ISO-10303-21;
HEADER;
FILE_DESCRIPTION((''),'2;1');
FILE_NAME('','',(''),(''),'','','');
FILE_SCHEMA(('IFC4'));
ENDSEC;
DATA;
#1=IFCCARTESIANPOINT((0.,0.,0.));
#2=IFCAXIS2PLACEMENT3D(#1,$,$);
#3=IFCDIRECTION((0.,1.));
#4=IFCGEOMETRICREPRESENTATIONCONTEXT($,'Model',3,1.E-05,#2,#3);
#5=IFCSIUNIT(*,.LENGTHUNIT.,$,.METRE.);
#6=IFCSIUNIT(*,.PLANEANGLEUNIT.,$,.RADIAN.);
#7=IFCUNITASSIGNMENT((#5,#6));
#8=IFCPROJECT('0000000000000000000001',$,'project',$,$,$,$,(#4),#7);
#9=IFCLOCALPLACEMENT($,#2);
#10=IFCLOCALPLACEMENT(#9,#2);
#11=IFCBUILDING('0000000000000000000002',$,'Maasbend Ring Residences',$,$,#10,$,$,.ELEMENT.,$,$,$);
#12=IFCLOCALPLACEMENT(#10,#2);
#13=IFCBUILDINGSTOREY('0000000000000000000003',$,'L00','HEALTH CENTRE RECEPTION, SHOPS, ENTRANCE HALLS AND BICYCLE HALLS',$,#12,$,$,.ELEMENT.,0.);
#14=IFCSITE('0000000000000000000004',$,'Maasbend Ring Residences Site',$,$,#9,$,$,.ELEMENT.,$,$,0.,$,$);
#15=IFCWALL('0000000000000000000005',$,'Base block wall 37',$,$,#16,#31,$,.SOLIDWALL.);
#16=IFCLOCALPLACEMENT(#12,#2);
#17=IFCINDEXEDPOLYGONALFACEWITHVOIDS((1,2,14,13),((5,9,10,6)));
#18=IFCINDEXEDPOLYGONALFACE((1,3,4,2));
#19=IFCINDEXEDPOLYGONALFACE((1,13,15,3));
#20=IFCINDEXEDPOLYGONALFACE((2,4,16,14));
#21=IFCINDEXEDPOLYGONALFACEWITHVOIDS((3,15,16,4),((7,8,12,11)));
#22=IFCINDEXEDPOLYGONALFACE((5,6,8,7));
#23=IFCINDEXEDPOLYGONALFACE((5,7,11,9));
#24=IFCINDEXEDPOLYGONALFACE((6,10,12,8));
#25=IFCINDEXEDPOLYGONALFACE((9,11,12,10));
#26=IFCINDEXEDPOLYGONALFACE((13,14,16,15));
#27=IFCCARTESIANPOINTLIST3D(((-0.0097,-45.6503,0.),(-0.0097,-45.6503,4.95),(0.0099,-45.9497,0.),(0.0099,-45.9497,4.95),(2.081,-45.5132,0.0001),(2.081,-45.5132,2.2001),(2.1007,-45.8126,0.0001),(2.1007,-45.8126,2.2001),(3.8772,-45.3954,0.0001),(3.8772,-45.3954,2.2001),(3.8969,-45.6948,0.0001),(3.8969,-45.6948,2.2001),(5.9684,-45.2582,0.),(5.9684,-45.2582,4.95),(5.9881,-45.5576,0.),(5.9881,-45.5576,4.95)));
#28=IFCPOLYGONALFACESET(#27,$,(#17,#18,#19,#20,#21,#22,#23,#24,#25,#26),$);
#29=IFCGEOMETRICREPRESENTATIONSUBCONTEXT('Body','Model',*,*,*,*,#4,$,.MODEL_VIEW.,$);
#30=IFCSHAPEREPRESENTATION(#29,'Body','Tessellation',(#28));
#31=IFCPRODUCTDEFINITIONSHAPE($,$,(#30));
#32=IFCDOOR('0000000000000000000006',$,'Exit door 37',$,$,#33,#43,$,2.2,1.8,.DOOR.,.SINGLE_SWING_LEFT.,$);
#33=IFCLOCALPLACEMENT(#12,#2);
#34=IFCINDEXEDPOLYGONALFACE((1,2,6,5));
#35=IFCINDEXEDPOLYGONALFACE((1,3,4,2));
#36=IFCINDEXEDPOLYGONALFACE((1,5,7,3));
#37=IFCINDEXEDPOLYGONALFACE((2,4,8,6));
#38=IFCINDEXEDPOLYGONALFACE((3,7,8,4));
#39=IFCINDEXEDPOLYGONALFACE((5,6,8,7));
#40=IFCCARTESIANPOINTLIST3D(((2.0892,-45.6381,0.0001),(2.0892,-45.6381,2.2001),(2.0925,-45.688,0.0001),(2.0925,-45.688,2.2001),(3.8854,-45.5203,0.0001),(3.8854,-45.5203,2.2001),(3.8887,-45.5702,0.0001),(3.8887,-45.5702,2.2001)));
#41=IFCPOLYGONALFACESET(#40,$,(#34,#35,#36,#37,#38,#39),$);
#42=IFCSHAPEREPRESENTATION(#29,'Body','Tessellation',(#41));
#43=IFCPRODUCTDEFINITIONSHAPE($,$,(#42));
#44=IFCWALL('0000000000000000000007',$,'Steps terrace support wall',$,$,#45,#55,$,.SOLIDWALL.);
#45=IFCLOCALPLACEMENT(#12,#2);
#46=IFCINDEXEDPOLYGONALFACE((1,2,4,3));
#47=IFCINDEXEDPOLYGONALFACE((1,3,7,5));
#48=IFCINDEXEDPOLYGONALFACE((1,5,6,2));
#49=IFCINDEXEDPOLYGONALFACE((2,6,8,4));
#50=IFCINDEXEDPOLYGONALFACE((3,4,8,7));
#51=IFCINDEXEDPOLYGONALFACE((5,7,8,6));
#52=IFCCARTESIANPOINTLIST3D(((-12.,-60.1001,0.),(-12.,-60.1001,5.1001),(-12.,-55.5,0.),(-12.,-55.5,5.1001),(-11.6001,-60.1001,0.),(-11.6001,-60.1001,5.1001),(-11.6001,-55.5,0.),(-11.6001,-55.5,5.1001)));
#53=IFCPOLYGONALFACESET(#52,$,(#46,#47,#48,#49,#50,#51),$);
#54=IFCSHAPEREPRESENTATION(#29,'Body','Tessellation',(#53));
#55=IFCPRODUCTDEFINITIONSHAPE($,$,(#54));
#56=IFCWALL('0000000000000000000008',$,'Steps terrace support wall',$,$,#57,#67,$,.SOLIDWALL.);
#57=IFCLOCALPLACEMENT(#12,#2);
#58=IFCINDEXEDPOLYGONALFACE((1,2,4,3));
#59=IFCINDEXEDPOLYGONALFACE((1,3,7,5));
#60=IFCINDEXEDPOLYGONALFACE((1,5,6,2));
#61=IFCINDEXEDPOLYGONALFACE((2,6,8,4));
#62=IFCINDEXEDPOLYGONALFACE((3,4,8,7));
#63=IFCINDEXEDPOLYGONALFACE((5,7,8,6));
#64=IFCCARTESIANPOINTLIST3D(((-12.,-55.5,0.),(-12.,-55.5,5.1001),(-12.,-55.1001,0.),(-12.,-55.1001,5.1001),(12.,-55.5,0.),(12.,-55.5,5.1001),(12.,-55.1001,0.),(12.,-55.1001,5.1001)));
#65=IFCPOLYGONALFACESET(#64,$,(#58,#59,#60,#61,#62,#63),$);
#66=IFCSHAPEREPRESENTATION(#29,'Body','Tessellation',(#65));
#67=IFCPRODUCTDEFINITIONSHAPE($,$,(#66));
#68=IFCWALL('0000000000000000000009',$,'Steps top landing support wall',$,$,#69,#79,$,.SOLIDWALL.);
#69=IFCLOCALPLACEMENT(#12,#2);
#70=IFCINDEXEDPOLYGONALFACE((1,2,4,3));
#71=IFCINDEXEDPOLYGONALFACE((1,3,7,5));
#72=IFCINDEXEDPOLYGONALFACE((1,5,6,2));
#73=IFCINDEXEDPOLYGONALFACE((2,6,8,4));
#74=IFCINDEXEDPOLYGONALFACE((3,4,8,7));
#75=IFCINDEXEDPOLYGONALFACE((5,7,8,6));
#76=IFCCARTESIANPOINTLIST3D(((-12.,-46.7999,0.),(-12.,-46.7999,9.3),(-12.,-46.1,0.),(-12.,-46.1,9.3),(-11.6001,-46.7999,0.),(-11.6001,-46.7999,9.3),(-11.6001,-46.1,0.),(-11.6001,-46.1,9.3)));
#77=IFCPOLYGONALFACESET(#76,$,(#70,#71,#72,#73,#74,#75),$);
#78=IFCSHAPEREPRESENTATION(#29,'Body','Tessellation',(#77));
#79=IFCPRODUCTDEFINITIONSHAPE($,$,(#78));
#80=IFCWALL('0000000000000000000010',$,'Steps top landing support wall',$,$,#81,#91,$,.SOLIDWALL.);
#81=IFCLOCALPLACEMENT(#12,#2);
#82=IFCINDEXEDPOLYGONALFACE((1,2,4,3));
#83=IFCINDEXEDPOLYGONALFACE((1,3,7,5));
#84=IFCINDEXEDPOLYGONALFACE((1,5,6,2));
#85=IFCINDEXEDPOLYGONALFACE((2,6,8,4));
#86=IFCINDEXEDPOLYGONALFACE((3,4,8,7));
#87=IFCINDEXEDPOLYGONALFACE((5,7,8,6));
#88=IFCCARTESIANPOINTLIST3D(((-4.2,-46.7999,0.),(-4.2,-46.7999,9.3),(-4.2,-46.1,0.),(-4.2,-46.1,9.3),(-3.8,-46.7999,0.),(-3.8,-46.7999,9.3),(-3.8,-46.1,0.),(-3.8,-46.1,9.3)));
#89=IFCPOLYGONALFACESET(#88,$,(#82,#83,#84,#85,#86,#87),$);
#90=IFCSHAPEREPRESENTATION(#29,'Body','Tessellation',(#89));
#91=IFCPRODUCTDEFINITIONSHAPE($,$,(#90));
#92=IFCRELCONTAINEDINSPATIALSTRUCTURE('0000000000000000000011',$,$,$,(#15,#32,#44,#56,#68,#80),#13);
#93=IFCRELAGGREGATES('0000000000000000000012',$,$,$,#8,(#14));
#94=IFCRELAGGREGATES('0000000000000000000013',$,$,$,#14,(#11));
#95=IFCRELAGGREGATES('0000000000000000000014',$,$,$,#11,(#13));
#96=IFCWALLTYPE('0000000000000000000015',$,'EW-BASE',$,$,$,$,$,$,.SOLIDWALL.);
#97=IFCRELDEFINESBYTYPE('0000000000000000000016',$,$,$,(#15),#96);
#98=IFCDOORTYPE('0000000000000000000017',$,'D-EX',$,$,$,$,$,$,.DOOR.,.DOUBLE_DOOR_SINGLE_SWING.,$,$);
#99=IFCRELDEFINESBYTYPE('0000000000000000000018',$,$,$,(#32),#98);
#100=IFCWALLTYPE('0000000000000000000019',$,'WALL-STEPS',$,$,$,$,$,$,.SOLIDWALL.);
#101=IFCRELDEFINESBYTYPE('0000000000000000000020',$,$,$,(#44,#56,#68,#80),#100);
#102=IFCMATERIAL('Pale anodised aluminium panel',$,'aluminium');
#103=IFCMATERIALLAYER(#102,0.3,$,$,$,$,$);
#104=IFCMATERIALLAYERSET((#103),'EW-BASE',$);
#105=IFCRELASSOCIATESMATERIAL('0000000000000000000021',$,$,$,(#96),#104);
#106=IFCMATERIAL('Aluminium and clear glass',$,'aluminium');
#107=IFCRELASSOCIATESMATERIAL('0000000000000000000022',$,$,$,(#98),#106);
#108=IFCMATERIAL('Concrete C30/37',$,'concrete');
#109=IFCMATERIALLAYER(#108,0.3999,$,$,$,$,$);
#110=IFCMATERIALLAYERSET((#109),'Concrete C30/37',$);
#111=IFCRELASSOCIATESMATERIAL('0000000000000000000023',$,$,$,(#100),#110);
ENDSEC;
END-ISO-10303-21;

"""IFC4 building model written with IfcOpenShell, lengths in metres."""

from ifc_helpers import new_model, si_unit, direction, frame, frame_2d, origin, place, context, subcontext, project, spatial, rectangle, extrude, material, layer, layer_set, type_object, element, fill, save


model = new_model("IFC4")

# Units and contexts
model_context = context("Model", 3, precision=1e-05, world=origin(), true_north=direction((0.0, 1.0)))
body_context = subcontext(model_context, "Body", "Model", "MODEL_VIEW")
ifc_project = project(units=[si_unit("LENGTHUNIT", "METRE"), si_unit("PLANEANGLEUNIT", "RADIAN")], contexts=[model_context])

# Site, building, storey
site_placement = place(None, origin())
site = spatial("IfcSite", under=ifc_project, at=site_placement, Name="Maasbend Ring Residences Site", CompositionType="ELEMENT", RefElevation=0.0)
building_placement = place(site_placement, origin())
building = spatial("IfcBuilding", under=site, at=building_placement, Name="Maasbend Ring Residences", CompositionType="ELEMENT")
storey_placement = place(building_placement, origin())
storey = spatial("IfcBuildingStorey", under=building, at=storey_placement, Name="L00", Description="HEALTH CENTRE RECEPTION, SHOPS, ENTRANCE HALLS AND BICYCLE HALLS", CompositionType="ELEMENT", Elevation=0.0)

# Shared definitions
ifc_material_1 = material(Name="Pale anodised aluminium panel", Category="aluminium")
ifc_layer_1 = layer(ifc_material_1, 0.3)
ifc_layer_set_1 = layer_set([ifc_layer_1], Name="EW-BASE")
wall_type_1 = type_object("IfcWallType", Name="EW-BASE", PredefinedType="SOLIDWALL", material=ifc_layer_set_1)

# Wall, opening, door
wall_1_placement = place(storey_placement, frame((0.0, -45.8, 0.0), z_axis=(0.0, 0.0, 1.0), x_axis=(0.997856, 0.065448, 0.0)))
wall_1 = element("IfcWall", 1, at=wall_1_placement, inside=storey, type_object=wall_type_1, Name="Base block wall 37", PredefinedType="SOLIDWALL", context=body_context, shape_type="SweptSolid", body=[
    extrude(rectangle(XDim=5.991, YDim=0.3, at=frame_2d((2.9956, 0.0))), origin(), (0.0, 0.0, 1.0), 4.95),
])
opening_1_placement = place(wall_1_placement, frame((2.0955, 0.0, 0.0)))
opening_1 = element("IfcOpeningElement", 2, at=opening_1_placement, cuts=wall_1, PredefinedType="OPENING", context=body_context, shape_type="SweptSolid", body=[
    extrude(rectangle(XDim=1.8, YDim=2.2, at=frame_2d((0.8999, 1.1001))), frame((0.0, 0.1602, 0.0), z_axis=(0.0, -1.0, 0.0), x_axis=(1.0, 0.0, 0.0)), (0.0, 0.0, 1.0), 0.3201),
])
ifc_material_2 = material(Name="Aluminium and clear glass", Category="aluminium")
door_type = type_object("IfcDoorType", Name="D-EX", OperationType="DOUBLE_DOOR_SINGLE_SWING", PredefinedType="DOOR", material=ifc_material_2)
door_placement = place(opening_1_placement, origin())
door = element("IfcDoor", 3, at=door_placement, inside=storey, type_object=door_type, Name="Exit door 37", OperationType="SINGLE_SWING_LEFT", OverallHeight=2.2, OverallWidth=1.8, PredefinedType="DOOR", context=body_context, shape_type="SweptSolid", body=[
    extrude(rectangle(XDim=1.8, YDim=2.2, at=frame_2d((0.8999, 1.1001))), frame((0.0, 0.0249, 0.0), z_axis=(0.0, -1.0, 0.0), x_axis=(1.0, 0.0, 0.0)), (0.0, 0.0, 1.0), 0.05),
])
fill(opening_1, door)

# Walls
ifc_material_3 = material(Name="Concrete C30/37", Category="concrete")
ifc_layer_2 = layer(ifc_material_3, 0.3999)
ifc_layer_set_2 = layer_set([ifc_layer_2], Name="Concrete C30/37")
wall_type_2 = type_object("IfcWallType", Name="WALL-STEPS", PredefinedType="SOLIDWALL", material=ifc_layer_set_2)
wall_2_placement = place(storey_placement, frame((-11.8, -60.1001, 0.0), z_axis=(0.0, 0.0, 1.0), x_axis=(0.0, 1.0, 0.0)))
element("IfcWall", 4, at=wall_2_placement, inside=storey, type_object=wall_type_2, Name="Steps terrace support wall", PredefinedType="SOLIDWALL", context=body_context, shape_type="SweptSolid", body=[
    extrude(rectangle(XDim=4.6001, YDim=0.3999, at=frame_2d((2.3, 0.0))), origin(), (0.0, 0.0, 1.0), 5.1001),
])
wall_3_placement = place(storey_placement, frame((-12.0, -55.3, 0.0), z_axis=(0.0, 0.0, 1.0), x_axis=(1.0, 0.0, 0.0)))
element("IfcWall", 5, at=wall_3_placement, inside=storey, type_object=wall_type_2, Name="Steps terrace support wall", PredefinedType="SOLIDWALL", context=body_context, shape_type="SweptSolid", body=[
    extrude(rectangle(XDim=24.0, YDim=0.3999, at=frame_2d((12.0, 0.0))), origin(), (0.0, 0.0, 1.0), 5.1001),
])
for number, where, z_axis, x_axis, name in (
    (6, (-11.8, -46.8, 0.0), (0.0, 0.0, 1.0), (0.0, 1.0, 0.0), "Steps top landing support wall"),
    (7, (-4.0, -46.8, 0.0), (0.0, 0.0, 1.0), (0.0, 1.0, 0.0), "Steps top landing support wall"),
):
    element("IfcWall", number, at=place(storey_placement, frame(where, z_axis=z_axis, x_axis=x_axis)), inside=storey, type_object=wall_type_2, Name=name, PredefinedType="SOLIDWALL", context=body_context, shape_type="SweptSolid", body=[
        extrude(rectangle(XDim=0.7, YDim=0.3999, at=frame_2d((0.3501, 0.0))), origin(), (0.0, 0.0, 1.0), 9.3),
    ])

save(model, "model.ifc")
